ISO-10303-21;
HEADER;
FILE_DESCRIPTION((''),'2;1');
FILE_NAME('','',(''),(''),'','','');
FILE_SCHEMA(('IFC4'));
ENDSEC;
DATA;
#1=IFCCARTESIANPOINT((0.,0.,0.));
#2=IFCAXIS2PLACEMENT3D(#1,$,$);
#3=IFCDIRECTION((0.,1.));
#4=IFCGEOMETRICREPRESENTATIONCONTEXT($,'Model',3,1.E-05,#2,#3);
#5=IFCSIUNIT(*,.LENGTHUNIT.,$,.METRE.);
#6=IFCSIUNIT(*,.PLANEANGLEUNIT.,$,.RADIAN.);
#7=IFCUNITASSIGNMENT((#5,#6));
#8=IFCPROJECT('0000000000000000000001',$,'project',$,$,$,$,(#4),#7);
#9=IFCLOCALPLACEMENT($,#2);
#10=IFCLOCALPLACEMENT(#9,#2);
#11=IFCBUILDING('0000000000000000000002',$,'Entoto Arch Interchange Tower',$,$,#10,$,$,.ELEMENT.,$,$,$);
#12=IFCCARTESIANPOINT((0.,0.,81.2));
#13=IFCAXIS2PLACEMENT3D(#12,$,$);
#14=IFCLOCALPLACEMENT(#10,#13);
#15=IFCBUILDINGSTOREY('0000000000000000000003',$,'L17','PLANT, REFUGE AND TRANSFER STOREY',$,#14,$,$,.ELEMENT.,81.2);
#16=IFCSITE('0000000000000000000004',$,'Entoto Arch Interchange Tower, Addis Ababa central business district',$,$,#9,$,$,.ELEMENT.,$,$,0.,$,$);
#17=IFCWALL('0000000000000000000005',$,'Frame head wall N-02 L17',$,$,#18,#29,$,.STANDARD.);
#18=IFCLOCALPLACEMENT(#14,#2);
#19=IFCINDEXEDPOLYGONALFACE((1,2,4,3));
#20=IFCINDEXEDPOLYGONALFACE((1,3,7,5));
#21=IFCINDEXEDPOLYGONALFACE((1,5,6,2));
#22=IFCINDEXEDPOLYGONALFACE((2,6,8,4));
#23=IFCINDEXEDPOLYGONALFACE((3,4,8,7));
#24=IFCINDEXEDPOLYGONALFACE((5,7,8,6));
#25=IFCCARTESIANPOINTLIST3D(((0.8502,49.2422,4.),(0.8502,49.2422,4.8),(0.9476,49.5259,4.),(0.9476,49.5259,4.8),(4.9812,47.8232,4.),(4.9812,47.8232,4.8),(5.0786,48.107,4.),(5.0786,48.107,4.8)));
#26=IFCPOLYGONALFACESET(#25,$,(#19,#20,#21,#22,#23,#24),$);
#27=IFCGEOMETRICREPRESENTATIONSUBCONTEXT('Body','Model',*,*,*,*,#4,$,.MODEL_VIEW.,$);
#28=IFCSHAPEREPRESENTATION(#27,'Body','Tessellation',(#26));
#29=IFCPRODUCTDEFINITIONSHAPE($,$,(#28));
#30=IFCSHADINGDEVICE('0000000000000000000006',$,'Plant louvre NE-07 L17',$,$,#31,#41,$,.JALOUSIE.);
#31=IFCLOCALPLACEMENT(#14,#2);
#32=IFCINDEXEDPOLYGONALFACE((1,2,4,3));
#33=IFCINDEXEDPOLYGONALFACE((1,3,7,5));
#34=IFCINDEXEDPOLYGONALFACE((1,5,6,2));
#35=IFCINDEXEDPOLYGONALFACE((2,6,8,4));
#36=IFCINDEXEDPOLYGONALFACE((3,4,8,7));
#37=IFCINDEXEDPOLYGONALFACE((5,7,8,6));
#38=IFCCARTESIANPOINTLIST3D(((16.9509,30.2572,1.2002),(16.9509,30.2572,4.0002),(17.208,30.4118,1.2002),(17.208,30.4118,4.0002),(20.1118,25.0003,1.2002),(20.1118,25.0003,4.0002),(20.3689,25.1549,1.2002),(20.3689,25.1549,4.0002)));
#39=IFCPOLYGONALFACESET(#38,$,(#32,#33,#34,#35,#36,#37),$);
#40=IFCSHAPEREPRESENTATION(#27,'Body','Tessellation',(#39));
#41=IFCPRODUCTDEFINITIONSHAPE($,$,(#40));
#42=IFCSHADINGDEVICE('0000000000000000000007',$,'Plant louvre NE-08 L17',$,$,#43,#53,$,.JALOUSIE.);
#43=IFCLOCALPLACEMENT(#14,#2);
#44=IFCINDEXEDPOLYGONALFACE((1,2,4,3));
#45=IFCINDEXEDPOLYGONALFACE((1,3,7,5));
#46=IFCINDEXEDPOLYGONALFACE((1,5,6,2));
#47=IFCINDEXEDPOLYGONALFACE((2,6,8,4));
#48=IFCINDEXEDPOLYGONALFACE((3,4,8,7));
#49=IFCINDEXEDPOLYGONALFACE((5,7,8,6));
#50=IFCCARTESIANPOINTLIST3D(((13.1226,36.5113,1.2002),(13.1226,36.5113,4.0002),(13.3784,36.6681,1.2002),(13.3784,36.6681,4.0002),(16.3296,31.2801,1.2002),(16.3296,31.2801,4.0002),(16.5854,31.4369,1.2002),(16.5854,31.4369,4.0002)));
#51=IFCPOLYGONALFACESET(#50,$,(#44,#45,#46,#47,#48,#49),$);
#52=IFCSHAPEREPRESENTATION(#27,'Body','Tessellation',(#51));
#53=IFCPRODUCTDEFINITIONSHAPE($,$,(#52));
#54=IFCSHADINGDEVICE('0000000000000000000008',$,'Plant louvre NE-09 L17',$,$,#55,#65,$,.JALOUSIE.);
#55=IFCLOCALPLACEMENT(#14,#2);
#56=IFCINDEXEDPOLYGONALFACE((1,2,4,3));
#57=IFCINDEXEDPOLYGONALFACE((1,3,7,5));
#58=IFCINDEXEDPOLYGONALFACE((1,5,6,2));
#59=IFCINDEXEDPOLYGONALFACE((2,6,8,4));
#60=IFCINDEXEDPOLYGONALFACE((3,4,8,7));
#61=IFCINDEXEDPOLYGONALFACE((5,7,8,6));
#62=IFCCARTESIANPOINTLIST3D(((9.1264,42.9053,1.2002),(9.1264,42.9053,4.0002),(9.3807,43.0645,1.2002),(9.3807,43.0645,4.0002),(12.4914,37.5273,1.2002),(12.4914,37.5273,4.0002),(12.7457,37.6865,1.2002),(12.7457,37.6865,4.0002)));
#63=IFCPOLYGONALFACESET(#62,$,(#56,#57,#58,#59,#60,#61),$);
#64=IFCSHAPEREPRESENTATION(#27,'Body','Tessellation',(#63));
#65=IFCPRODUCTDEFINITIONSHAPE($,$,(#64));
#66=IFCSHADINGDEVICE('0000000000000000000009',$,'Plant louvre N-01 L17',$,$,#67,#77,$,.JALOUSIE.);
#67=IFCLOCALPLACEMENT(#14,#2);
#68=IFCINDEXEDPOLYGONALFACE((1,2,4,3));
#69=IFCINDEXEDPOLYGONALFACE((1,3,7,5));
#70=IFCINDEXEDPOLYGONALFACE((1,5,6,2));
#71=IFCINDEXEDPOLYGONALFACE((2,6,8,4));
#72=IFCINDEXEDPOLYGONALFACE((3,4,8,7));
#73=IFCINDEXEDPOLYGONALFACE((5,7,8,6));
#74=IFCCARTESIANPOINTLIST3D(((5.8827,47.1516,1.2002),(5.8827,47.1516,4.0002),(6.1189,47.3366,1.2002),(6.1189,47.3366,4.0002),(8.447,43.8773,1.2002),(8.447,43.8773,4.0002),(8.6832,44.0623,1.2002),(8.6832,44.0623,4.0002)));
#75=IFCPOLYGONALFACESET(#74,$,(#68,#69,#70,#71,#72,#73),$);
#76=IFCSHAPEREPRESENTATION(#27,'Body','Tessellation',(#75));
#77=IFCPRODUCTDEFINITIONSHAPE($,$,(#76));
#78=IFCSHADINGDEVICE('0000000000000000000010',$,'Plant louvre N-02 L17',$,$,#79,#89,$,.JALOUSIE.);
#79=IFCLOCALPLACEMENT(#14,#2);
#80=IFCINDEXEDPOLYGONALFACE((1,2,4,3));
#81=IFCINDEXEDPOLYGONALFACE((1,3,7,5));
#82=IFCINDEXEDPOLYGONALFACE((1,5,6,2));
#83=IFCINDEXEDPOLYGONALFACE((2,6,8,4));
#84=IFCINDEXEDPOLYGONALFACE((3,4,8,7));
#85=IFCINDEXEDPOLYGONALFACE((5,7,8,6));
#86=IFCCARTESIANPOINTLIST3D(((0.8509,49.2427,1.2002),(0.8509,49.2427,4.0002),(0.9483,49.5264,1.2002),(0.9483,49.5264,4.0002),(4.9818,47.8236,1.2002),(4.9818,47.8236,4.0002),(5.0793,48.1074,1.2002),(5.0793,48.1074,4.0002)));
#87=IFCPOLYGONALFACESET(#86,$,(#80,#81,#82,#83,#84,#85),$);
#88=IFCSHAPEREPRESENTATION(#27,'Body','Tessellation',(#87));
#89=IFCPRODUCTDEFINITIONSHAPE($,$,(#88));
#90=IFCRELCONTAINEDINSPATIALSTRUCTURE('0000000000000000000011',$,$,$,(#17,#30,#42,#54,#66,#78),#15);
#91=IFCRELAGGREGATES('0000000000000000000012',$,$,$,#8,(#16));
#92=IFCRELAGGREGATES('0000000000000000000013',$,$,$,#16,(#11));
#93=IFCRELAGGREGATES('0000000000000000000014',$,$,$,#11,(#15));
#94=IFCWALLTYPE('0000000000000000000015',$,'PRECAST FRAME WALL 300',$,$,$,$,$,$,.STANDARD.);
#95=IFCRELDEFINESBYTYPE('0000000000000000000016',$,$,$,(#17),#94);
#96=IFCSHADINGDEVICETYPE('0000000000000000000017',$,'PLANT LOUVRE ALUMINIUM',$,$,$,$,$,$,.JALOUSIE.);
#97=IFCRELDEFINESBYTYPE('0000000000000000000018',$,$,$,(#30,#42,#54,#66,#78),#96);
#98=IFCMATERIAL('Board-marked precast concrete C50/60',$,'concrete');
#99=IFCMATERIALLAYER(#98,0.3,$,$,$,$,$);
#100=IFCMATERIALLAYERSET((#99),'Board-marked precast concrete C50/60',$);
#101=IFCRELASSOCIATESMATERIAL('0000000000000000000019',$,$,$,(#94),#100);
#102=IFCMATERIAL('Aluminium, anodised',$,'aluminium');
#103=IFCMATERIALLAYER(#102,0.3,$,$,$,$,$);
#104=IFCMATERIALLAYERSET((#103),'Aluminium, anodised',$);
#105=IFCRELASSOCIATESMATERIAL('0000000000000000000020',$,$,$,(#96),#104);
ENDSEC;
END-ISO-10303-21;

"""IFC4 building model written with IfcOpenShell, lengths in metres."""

from ifc_helpers import new_model, si_unit, direction, frame, frame_2d, origin, origin_2d, place, context, subcontext, project, spatial, rectangle, extrude, material, layer, layer_set, type_object, element, save


model = new_model("IFC4")

# Units and contexts
model_context = context("Model", 3, precision=1e-05, world=origin(), true_north=direction((0.0, 1.0)))
body_context = subcontext(model_context, "Body", "Model", "MODEL_VIEW")
ifc_project = project(units=[si_unit("LENGTHUNIT", "METRE"), si_unit("PLANEANGLEUNIT", "RADIAN")], contexts=[model_context])

# Site, building, storey
site_placement = place(None, origin())
site = spatial("IfcSite", under=ifc_project, at=site_placement, Name="Entoto Arch Interchange Tower, Addis Ababa central business district", CompositionType="ELEMENT", RefElevation=0.0)
building_placement = place(site_placement, origin())
building = spatial("IfcBuilding", under=site, at=building_placement, Name="Entoto Arch Interchange Tower", CompositionType="ELEMENT")
storey_placement = place(building_placement, frame((0.0, 0.0, 81.2)))
storey = spatial("IfcBuildingStorey", under=building, at=storey_placement, Name="L17", Description="PLANT, REFUGE AND TRANSFER STOREY", CompositionType="ELEMENT", Elevation=81.2)

# Wall
ifc_material_1 = material(Name="Board-marked precast concrete C50/60", Category="concrete")
ifc_layer_1 = layer(ifc_material_1, 0.3)
ifc_layer_set_1 = layer_set([ifc_layer_1], Name="Board-marked precast concrete C50/60")
wall_type_1 = type_object("IfcWallType", Name="PRECAST FRAME WALL 300", PredefinedType="STANDARD", material=ifc_layer_set_1)
wall_1_placement = place(storey_placement, frame((5.03, 47.9651, 4.0), z_axis=(0.0, 0.0, 1.0), x_axis=(-0.945766, 0.32485, 0.0)))
element("IfcWall", 1, at=wall_1_placement, inside=storey, type_object=wall_type_1, Name="Frame head wall N-02 L17", PredefinedType="STANDARD", context=body_context, shape_type="SweptSolid", body=[
    extrude(rectangle(XDim=4.3679, YDim=0.3, at=frame_2d((2.1841, 0.0))), origin(), (0.0, 0.0, 1.0), 0.8),
])

# Shading devices
ifc_material_2 = material(Name="Aluminium, anodised", Category="aluminium")
ifc_layer_2 = layer(ifc_material_2, 0.3)
ifc_layer_set_2 = layer_set([ifc_layer_2], Name="Aluminium, anodised")
shading_device_type = type_object("IfcShadingDeviceType", Name="PLANT LOUVRE ALUMINIUM", PredefinedType="JALOUSIE", material=ifc_layer_set_2)
shading_device_1_placement = place(storey_placement, frame((18.6599, 27.7061, 1.2002), z_axis=(0.0, 0.0, 1.0), x_axis=(-0.515307, 0.857005, 0.0)))
element("IfcShadingDevice", 2, at=shading_device_1_placement, inside=storey, type_object=shading_device_type, Name="Plant louvre NE-07 L17", PredefinedType="JALOUSIE", context=body_context, shape_type="SweptSolid", body=[
    extrude(rectangle(XDim=6.134, YDim=0.3, at=origin_2d()), origin(), (0.0, 0.0, 1.0), 2.8),
])
shading_device_2_placement = place(storey_placement, frame((14.854, 33.9741, 1.2002), z_axis=(0.0, 0.0, 1.0), x_axis=(-0.522662, 0.85254, 0.0)))
element("IfcShadingDevice", 3, at=shading_device_2_placement, inside=storey, type_object=shading_device_type, Name="Plant louvre NE-08 L17", PredefinedType="JALOUSIE", context=body_context, shape_type="SweptSolid", body=[
    extrude(rectangle(XDim=6.136, YDim=0.3, at=origin_2d()), origin(), (0.0, 0.0, 1.0), 2.8),
])
shading_device_3_placement = place(storey_placement, frame((10.936, 40.2959, 1.2002), z_axis=(0.0, 0.0, 1.0), x_axis=(-0.530422, 0.847733, 0.0)))
element("IfcShadingDevice", 4, at=shading_device_3_placement, inside=storey, type_object=shading_device_type, Name="Plant louvre NE-09 L17", PredefinedType="JALOUSIE", context=body_context, shape_type="SweptSolid", body=[
    extrude(rectangle(XDim=6.344, YDim=0.3, at=origin_2d()), origin(), (0.0, 0.0, 1.0), 2.8),
])
shading_device_4_placement = place(storey_placement, frame((7.283, 45.6069, 1.2002), z_axis=(0.0, 0.0, 1.0), x_axis=(-0.616569, 0.787301, 0.0)))
element("IfcShadingDevice", 5, at=shading_device_4_placement, inside=storey, type_object=shading_device_type, Name="Plant louvre N-01 L17", PredefinedType="JALOUSIE", context=body_context, shape_type="SweptSolid", body=[
    extrude(rectangle(XDim=4.1589, YDim=0.3, at=origin_2d()), origin(), (0.0, 0.0, 1.0), 2.8),
])
shading_device_5_placement = place(storey_placement, frame((2.9651, 48.675, 1.2002), z_axis=(0.0, 0.0, 1.0), x_axis=(-0.945757, 0.324875, 0.0)))
element("IfcShadingDevice", 6, at=shading_device_5_placement, inside=storey, type_object=shading_device_type, Name="Plant louvre N-02 L17", PredefinedType="JALOUSIE", context=body_context, shape_type="SweptSolid", body=[
    extrude(rectangle(XDim=4.3679, YDim=0.3, at=origin_2d()), origin(), (0.0, 0.0, 1.0), 2.8),
])

save(model, "model.ifc")
